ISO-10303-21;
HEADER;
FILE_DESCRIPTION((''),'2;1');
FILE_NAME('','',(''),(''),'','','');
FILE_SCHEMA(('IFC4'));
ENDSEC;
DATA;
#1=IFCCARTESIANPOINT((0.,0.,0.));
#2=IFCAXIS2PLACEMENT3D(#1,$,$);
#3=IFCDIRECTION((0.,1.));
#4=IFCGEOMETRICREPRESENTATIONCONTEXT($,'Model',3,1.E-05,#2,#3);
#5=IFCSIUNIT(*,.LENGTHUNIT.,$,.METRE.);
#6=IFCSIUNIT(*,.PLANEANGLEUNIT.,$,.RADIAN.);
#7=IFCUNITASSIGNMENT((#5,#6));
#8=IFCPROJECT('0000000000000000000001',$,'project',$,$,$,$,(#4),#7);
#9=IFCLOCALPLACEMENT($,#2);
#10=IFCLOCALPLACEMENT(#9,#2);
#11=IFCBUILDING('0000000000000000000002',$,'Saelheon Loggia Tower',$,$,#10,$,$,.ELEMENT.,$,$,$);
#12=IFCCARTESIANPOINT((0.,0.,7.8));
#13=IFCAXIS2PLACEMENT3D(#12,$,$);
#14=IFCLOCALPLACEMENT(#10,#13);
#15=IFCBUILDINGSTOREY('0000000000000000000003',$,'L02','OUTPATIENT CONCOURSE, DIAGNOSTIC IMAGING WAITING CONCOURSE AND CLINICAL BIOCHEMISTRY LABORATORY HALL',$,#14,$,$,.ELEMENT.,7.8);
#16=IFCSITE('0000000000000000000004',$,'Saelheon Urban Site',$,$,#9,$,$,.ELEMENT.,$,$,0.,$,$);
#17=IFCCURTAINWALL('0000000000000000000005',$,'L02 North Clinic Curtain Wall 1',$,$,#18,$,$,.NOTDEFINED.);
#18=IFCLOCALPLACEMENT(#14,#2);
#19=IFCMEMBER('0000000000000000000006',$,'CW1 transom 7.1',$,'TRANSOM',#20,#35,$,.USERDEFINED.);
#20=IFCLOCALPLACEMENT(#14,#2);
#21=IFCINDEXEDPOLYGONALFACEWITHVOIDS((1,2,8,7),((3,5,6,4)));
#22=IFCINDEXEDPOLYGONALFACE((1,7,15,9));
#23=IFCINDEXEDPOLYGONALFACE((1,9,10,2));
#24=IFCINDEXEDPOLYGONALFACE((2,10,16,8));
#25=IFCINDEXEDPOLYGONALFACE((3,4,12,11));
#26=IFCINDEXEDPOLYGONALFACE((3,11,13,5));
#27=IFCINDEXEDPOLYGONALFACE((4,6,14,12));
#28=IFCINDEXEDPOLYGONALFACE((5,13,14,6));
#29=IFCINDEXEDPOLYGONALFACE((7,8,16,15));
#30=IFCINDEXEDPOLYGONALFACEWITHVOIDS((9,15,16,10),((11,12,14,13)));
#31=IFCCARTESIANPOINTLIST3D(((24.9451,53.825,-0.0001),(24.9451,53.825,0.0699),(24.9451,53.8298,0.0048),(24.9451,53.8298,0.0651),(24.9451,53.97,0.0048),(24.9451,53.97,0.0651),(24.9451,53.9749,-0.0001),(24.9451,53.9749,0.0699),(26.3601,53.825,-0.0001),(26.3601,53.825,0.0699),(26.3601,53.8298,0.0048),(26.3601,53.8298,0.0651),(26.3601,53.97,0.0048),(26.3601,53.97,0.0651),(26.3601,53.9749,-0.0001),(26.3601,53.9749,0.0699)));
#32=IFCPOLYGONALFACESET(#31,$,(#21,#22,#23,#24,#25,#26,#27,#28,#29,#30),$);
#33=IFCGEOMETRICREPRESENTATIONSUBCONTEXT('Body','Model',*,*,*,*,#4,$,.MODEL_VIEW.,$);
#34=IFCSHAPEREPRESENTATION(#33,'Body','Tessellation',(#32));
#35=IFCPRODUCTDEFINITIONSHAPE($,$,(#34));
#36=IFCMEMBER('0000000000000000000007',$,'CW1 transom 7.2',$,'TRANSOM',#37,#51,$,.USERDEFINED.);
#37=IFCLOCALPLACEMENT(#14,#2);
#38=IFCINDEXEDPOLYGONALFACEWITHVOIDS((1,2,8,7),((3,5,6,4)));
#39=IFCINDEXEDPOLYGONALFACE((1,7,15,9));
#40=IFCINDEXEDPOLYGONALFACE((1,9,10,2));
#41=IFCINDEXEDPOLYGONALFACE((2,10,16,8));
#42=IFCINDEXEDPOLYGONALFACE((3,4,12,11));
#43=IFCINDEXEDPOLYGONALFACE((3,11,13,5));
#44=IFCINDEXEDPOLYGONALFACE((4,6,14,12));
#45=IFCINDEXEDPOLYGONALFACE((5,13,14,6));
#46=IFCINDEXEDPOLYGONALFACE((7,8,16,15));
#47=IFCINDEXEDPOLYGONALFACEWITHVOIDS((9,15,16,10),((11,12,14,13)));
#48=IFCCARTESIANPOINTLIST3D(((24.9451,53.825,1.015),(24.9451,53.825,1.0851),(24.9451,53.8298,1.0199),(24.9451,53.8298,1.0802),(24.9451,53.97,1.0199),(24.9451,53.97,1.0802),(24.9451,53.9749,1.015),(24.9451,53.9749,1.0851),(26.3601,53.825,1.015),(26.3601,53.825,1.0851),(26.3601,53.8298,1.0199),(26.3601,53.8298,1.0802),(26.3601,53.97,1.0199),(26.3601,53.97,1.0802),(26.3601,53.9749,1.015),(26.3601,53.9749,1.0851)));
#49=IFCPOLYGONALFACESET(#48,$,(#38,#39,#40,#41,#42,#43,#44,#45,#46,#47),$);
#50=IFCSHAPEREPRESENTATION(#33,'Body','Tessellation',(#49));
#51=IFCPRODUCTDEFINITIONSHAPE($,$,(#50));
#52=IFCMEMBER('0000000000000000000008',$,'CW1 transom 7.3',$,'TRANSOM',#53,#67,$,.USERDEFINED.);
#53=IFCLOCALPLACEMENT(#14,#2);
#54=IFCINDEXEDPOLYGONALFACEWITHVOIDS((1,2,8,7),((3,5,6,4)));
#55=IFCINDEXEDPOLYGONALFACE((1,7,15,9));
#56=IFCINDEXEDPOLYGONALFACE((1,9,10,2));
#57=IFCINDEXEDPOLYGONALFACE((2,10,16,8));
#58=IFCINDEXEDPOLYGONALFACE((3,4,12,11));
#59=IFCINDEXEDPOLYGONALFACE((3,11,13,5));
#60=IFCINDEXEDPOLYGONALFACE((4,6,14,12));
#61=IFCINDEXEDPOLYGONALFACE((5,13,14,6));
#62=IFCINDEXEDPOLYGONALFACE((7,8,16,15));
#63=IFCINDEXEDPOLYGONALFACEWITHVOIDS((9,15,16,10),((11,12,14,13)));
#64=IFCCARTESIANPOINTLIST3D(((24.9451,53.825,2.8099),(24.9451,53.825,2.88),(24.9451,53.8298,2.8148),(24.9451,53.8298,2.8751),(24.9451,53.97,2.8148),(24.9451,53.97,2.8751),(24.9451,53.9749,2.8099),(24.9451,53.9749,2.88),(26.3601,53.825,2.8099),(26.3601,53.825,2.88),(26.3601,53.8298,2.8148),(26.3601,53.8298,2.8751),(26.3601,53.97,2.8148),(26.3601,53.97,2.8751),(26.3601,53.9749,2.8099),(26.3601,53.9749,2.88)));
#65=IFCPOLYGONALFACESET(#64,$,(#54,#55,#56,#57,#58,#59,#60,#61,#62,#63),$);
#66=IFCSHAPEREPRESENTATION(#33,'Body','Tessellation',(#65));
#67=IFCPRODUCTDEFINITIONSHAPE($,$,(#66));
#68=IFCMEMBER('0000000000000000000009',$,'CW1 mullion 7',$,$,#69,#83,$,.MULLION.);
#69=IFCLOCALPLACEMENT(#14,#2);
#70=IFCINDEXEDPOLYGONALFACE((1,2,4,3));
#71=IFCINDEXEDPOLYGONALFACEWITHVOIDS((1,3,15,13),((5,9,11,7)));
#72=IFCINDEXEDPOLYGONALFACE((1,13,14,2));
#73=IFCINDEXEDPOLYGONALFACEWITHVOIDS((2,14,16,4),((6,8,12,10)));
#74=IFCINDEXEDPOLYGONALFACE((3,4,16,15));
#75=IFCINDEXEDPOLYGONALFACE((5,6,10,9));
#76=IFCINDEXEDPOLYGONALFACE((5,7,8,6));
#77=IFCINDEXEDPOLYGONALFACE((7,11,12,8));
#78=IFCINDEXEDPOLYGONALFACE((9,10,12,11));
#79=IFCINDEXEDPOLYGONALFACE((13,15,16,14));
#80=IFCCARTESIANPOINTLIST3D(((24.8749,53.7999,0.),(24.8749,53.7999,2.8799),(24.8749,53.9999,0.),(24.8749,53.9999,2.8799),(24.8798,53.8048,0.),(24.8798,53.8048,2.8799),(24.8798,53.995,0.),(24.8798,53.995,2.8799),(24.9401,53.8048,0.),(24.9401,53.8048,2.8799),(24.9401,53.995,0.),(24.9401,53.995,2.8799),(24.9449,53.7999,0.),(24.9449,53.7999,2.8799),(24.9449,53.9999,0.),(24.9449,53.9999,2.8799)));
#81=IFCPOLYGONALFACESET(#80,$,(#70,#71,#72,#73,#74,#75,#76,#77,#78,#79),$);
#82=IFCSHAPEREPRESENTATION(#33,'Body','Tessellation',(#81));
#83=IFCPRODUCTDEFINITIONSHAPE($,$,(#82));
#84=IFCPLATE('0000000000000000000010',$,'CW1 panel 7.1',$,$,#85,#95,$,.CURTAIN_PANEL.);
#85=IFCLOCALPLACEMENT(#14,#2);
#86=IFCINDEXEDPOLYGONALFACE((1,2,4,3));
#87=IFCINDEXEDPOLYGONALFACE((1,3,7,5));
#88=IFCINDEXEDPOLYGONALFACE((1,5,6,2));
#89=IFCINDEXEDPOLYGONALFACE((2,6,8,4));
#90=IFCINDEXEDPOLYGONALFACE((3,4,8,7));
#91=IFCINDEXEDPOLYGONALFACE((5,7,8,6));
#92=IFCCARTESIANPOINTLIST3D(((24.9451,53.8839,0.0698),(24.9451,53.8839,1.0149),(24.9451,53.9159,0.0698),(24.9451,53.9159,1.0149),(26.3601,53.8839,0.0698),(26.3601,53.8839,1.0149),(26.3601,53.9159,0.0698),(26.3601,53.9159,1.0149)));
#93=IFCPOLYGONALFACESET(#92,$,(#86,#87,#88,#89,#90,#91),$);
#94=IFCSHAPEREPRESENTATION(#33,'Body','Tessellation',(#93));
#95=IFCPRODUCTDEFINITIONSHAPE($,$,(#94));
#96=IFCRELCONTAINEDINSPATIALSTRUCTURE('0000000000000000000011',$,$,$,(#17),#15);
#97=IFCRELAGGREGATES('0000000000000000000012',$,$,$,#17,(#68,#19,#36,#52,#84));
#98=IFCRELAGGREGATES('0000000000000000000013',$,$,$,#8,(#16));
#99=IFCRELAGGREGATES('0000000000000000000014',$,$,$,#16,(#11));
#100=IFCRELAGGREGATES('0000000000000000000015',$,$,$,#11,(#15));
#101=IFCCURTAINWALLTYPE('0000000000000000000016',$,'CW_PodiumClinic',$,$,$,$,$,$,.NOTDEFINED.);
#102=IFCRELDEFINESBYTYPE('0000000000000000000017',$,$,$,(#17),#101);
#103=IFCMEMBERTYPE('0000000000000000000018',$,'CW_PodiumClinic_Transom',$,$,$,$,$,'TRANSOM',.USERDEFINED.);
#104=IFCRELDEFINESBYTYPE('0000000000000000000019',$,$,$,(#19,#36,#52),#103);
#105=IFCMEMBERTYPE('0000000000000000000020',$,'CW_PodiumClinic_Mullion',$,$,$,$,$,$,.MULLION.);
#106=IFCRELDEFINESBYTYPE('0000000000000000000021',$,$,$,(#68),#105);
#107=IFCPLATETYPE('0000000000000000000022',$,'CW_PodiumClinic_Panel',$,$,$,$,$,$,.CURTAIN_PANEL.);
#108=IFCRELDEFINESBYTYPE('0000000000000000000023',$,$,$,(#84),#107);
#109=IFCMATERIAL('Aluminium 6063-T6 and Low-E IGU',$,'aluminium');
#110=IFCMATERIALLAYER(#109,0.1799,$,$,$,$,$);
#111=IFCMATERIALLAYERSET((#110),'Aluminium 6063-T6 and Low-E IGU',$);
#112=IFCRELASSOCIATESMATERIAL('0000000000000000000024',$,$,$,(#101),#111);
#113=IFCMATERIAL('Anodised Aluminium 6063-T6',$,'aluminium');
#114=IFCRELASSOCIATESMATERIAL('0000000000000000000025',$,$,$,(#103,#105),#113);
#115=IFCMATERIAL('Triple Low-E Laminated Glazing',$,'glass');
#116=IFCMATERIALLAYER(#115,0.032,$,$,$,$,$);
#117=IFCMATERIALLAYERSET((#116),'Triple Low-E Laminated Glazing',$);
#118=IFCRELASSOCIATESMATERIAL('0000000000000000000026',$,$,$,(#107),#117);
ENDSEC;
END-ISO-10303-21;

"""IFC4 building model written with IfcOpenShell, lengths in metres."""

from ifc_helpers import new_model, si_unit, direction, frame, origin, origin_2d, place, context, subcontext, project, spatial, rectangle, hollow_rectangle, extrude, source, transform, mapped, material, layer, layer_set, material_profile, profile_set, type_object, element, aggregate, save


model = new_model("IFC4")

# Units and contexts
model_context = context("Model", 3, precision=1e-05, world=origin(), true_north=direction((0.0, 1.0)))
body_context = subcontext(model_context, "Body", "Model", "MODEL_VIEW")
ifc_project = project(units=[si_unit("LENGTHUNIT", "METRE"), si_unit("PLANEANGLEUNIT", "RADIAN")], contexts=[model_context])

# Site, building, storey
site_placement = place(None, origin())
site = spatial("IfcSite", under=ifc_project, at=site_placement, Name="Saelheon Urban Site", CompositionType="ELEMENT", RefElevation=0.0)
building_placement = place(site_placement, origin())
building = spatial("IfcBuilding", under=site, at=building_placement, Name="Saelheon Loggia Tower", CompositionType="ELEMENT")
storey_placement = place(building_placement, frame((0.0, 0.0, 7.8)))
storey = spatial("IfcBuildingStorey", under=building, at=storey_placement, Name="L02", Description="OUTPATIENT CONCOURSE, DIAGNOSTIC IMAGING WAITING CONCOURSE AND CLINICAL BIOCHEMISTRY LABORATORY HALL", CompositionType="ELEMENT", Elevation=7.8)

# Curtain wall, members, plate
ifc_material_1 = material(Name="Aluminium 6063-T6 and Low-E IGU", Category="aluminium")
ifc_layer_1 = layer(ifc_material_1, 0.1799)
ifc_layer_set_1 = layer_set([ifc_layer_1], Name="Aluminium 6063-T6 and Low-E IGU")
curtain_wall_type = type_object("IfcCurtainWallType", Name="CW_PodiumClinic", PredefinedType="NOTDEFINED", material=ifc_layer_set_1)
curtain_wall_placement = place(storey_placement, origin())
curtain_wall = element("IfcCurtainWall", 1, at=curtain_wall_placement, inside=storey, type_object=curtain_wall_type, Name="L02 North Clinic Curtain Wall 1", PredefinedType="NOTDEFINED")
ifc_material_2 = material(Name="Anodised Aluminium 6063-T6", Category="aluminium")
ifc_material_profile_1 = material_profile(ifc_material_2, hollow_rectangle(XDim=0.0701, YDim=0.1499, WallThickness=0.0049, at=origin_2d()), Name="RHS-150x70x5")
ifc_profile_set_1 = profile_set([ifc_material_profile_1], Name="Anodised Aluminium 6063-T6")
member_type_1 = type_object("IfcMemberType", Name="CW_PodiumClinic_Transom", ElementType="TRANSOM", PredefinedType="USERDEFINED", material=ifc_profile_set_1)
shared_shape_1 = source(origin(), body_context, "Body", "SweptSolid", [
    extrude(hollow_rectangle(XDim=0.0701, YDim=0.1499, WallThickness=0.0049, at=origin_2d()), origin(), (0.0, 0.0, 1.0), 1.415),
])
member_1_placement = place(storey_placement, frame((24.9451, 53.8999, 0.0349), z_axis=(1.0, 0.0, 0.0), x_axis=(0.0, 0.0, 1.0)))
member_1 = element("IfcMember", 2, at=member_1_placement, type_object=member_type_1, Name="CW1 transom 7.1", ObjectType="TRANSOM", PredefinedType="USERDEFINED", context=body_context, shape_type="MappedRepresentation", body=[
    mapped(shared_shape_1, transform((0.0, 0.0, 0.0), scale=1.0)),
])
member_2_placement = place(storey_placement, frame((24.9451, 53.8999, 1.05), z_axis=(1.0, 0.0, 0.0), x_axis=(0.0, 0.0, 1.0)))
member_2 = element("IfcMember", 3, at=member_2_placement, type_object=member_type_1, Name="CW1 transom 7.2", ObjectType="TRANSOM", PredefinedType="USERDEFINED", context=body_context, shape_type="MappedRepresentation", body=[
    mapped(shared_shape_1, transform((0.0, 0.0, 0.0), scale=1.0)),
])
member_3_placement = place(storey_placement, frame((24.9451, 53.8999, 2.845), z_axis=(1.0, 0.0, 0.0), x_axis=(0.0, 0.0, 1.0)))
member_3 = element("IfcMember", 4, at=member_3_placement, type_object=member_type_1, Name="CW1 transom 7.3", ObjectType="TRANSOM", PredefinedType="USERDEFINED", context=body_context, shape_type="MappedRepresentation", body=[
    mapped(shared_shape_1, transform((0.0, 0.0, 0.0), scale=1.0)),
])
ifc_material_profile_2 = material_profile(ifc_material_2, hollow_rectangle(XDim=0.0701, YDim=0.2, WallThickness=0.0049, at=origin_2d()), Name="RHS-200x70x5")
ifc_profile_set_2 = profile_set([ifc_material_profile_2], Name="Anodised Aluminium 6063-T6")
member_type_2 = type_object("IfcMemberType", Name="CW_PodiumClinic_Mullion", PredefinedType="MULLION", material=ifc_profile_set_2)
shared_shape_2 = source(origin(), body_context, "Body", "SweptSolid", [
    extrude(hollow_rectangle(XDim=0.0701, YDim=0.2, WallThickness=0.0049, at=origin_2d()), origin(), (0.0, 0.0, 1.0), 2.8799),
])
member_4_placement = place(storey_placement, frame((24.9099, 53.8999, 0.0), z_axis=(0.0, 0.0, 1.0), x_axis=(1.0, 0.0, 0.0)))
member_4 = element("IfcMember", 5, at=member_4_placement, type_object=member_type_2, Name="CW1 mullion 7", PredefinedType="MULLION", context=body_context, shape_type="MappedRepresentation", body=[
    mapped(shared_shape_2, transform((0.0, 0.0, 0.0), scale=1.0)),
])
ifc_material_3 = material(Name="Triple Low-E Laminated Glazing", Category="glass")
ifc_layer_2 = layer(ifc_material_3, 0.032)
ifc_layer_set_2 = layer_set([ifc_layer_2], Name="Triple Low-E Laminated Glazing")
plate_type = type_object("IfcPlateType", Name="CW_PodiumClinic_Panel", PredefinedType="CURTAIN_PANEL", material=ifc_layer_set_2)
shared_shape_3 = source(origin(), body_context, "Body", "SweptSolid", [
    extrude(rectangle(XDim=1.415, YDim=0.032, at=origin_2d()), origin(), (0.0, 0.0, 1.0), 0.9451),
])
plate_placement = place(storey_placement, frame((25.6526, 53.8999, 0.0698), z_axis=(0.0, 0.0, 1.0), x_axis=(1.0, 0.0, 0.0)))
plate = element("IfcPlate", 6, at=plate_placement, type_object=plate_type, Name="CW1 panel 7.1", PredefinedType="CURTAIN_PANEL", context=body_context, shape_type="MappedRepresentation", body=[
    mapped(shared_shape_3, transform((0.0, 0.0, 0.0), scale=1.0)),
])
aggregate(curtain_wall, [member_4, member_1, member_2, member_3, plate])

save(model, "model.ifc")
